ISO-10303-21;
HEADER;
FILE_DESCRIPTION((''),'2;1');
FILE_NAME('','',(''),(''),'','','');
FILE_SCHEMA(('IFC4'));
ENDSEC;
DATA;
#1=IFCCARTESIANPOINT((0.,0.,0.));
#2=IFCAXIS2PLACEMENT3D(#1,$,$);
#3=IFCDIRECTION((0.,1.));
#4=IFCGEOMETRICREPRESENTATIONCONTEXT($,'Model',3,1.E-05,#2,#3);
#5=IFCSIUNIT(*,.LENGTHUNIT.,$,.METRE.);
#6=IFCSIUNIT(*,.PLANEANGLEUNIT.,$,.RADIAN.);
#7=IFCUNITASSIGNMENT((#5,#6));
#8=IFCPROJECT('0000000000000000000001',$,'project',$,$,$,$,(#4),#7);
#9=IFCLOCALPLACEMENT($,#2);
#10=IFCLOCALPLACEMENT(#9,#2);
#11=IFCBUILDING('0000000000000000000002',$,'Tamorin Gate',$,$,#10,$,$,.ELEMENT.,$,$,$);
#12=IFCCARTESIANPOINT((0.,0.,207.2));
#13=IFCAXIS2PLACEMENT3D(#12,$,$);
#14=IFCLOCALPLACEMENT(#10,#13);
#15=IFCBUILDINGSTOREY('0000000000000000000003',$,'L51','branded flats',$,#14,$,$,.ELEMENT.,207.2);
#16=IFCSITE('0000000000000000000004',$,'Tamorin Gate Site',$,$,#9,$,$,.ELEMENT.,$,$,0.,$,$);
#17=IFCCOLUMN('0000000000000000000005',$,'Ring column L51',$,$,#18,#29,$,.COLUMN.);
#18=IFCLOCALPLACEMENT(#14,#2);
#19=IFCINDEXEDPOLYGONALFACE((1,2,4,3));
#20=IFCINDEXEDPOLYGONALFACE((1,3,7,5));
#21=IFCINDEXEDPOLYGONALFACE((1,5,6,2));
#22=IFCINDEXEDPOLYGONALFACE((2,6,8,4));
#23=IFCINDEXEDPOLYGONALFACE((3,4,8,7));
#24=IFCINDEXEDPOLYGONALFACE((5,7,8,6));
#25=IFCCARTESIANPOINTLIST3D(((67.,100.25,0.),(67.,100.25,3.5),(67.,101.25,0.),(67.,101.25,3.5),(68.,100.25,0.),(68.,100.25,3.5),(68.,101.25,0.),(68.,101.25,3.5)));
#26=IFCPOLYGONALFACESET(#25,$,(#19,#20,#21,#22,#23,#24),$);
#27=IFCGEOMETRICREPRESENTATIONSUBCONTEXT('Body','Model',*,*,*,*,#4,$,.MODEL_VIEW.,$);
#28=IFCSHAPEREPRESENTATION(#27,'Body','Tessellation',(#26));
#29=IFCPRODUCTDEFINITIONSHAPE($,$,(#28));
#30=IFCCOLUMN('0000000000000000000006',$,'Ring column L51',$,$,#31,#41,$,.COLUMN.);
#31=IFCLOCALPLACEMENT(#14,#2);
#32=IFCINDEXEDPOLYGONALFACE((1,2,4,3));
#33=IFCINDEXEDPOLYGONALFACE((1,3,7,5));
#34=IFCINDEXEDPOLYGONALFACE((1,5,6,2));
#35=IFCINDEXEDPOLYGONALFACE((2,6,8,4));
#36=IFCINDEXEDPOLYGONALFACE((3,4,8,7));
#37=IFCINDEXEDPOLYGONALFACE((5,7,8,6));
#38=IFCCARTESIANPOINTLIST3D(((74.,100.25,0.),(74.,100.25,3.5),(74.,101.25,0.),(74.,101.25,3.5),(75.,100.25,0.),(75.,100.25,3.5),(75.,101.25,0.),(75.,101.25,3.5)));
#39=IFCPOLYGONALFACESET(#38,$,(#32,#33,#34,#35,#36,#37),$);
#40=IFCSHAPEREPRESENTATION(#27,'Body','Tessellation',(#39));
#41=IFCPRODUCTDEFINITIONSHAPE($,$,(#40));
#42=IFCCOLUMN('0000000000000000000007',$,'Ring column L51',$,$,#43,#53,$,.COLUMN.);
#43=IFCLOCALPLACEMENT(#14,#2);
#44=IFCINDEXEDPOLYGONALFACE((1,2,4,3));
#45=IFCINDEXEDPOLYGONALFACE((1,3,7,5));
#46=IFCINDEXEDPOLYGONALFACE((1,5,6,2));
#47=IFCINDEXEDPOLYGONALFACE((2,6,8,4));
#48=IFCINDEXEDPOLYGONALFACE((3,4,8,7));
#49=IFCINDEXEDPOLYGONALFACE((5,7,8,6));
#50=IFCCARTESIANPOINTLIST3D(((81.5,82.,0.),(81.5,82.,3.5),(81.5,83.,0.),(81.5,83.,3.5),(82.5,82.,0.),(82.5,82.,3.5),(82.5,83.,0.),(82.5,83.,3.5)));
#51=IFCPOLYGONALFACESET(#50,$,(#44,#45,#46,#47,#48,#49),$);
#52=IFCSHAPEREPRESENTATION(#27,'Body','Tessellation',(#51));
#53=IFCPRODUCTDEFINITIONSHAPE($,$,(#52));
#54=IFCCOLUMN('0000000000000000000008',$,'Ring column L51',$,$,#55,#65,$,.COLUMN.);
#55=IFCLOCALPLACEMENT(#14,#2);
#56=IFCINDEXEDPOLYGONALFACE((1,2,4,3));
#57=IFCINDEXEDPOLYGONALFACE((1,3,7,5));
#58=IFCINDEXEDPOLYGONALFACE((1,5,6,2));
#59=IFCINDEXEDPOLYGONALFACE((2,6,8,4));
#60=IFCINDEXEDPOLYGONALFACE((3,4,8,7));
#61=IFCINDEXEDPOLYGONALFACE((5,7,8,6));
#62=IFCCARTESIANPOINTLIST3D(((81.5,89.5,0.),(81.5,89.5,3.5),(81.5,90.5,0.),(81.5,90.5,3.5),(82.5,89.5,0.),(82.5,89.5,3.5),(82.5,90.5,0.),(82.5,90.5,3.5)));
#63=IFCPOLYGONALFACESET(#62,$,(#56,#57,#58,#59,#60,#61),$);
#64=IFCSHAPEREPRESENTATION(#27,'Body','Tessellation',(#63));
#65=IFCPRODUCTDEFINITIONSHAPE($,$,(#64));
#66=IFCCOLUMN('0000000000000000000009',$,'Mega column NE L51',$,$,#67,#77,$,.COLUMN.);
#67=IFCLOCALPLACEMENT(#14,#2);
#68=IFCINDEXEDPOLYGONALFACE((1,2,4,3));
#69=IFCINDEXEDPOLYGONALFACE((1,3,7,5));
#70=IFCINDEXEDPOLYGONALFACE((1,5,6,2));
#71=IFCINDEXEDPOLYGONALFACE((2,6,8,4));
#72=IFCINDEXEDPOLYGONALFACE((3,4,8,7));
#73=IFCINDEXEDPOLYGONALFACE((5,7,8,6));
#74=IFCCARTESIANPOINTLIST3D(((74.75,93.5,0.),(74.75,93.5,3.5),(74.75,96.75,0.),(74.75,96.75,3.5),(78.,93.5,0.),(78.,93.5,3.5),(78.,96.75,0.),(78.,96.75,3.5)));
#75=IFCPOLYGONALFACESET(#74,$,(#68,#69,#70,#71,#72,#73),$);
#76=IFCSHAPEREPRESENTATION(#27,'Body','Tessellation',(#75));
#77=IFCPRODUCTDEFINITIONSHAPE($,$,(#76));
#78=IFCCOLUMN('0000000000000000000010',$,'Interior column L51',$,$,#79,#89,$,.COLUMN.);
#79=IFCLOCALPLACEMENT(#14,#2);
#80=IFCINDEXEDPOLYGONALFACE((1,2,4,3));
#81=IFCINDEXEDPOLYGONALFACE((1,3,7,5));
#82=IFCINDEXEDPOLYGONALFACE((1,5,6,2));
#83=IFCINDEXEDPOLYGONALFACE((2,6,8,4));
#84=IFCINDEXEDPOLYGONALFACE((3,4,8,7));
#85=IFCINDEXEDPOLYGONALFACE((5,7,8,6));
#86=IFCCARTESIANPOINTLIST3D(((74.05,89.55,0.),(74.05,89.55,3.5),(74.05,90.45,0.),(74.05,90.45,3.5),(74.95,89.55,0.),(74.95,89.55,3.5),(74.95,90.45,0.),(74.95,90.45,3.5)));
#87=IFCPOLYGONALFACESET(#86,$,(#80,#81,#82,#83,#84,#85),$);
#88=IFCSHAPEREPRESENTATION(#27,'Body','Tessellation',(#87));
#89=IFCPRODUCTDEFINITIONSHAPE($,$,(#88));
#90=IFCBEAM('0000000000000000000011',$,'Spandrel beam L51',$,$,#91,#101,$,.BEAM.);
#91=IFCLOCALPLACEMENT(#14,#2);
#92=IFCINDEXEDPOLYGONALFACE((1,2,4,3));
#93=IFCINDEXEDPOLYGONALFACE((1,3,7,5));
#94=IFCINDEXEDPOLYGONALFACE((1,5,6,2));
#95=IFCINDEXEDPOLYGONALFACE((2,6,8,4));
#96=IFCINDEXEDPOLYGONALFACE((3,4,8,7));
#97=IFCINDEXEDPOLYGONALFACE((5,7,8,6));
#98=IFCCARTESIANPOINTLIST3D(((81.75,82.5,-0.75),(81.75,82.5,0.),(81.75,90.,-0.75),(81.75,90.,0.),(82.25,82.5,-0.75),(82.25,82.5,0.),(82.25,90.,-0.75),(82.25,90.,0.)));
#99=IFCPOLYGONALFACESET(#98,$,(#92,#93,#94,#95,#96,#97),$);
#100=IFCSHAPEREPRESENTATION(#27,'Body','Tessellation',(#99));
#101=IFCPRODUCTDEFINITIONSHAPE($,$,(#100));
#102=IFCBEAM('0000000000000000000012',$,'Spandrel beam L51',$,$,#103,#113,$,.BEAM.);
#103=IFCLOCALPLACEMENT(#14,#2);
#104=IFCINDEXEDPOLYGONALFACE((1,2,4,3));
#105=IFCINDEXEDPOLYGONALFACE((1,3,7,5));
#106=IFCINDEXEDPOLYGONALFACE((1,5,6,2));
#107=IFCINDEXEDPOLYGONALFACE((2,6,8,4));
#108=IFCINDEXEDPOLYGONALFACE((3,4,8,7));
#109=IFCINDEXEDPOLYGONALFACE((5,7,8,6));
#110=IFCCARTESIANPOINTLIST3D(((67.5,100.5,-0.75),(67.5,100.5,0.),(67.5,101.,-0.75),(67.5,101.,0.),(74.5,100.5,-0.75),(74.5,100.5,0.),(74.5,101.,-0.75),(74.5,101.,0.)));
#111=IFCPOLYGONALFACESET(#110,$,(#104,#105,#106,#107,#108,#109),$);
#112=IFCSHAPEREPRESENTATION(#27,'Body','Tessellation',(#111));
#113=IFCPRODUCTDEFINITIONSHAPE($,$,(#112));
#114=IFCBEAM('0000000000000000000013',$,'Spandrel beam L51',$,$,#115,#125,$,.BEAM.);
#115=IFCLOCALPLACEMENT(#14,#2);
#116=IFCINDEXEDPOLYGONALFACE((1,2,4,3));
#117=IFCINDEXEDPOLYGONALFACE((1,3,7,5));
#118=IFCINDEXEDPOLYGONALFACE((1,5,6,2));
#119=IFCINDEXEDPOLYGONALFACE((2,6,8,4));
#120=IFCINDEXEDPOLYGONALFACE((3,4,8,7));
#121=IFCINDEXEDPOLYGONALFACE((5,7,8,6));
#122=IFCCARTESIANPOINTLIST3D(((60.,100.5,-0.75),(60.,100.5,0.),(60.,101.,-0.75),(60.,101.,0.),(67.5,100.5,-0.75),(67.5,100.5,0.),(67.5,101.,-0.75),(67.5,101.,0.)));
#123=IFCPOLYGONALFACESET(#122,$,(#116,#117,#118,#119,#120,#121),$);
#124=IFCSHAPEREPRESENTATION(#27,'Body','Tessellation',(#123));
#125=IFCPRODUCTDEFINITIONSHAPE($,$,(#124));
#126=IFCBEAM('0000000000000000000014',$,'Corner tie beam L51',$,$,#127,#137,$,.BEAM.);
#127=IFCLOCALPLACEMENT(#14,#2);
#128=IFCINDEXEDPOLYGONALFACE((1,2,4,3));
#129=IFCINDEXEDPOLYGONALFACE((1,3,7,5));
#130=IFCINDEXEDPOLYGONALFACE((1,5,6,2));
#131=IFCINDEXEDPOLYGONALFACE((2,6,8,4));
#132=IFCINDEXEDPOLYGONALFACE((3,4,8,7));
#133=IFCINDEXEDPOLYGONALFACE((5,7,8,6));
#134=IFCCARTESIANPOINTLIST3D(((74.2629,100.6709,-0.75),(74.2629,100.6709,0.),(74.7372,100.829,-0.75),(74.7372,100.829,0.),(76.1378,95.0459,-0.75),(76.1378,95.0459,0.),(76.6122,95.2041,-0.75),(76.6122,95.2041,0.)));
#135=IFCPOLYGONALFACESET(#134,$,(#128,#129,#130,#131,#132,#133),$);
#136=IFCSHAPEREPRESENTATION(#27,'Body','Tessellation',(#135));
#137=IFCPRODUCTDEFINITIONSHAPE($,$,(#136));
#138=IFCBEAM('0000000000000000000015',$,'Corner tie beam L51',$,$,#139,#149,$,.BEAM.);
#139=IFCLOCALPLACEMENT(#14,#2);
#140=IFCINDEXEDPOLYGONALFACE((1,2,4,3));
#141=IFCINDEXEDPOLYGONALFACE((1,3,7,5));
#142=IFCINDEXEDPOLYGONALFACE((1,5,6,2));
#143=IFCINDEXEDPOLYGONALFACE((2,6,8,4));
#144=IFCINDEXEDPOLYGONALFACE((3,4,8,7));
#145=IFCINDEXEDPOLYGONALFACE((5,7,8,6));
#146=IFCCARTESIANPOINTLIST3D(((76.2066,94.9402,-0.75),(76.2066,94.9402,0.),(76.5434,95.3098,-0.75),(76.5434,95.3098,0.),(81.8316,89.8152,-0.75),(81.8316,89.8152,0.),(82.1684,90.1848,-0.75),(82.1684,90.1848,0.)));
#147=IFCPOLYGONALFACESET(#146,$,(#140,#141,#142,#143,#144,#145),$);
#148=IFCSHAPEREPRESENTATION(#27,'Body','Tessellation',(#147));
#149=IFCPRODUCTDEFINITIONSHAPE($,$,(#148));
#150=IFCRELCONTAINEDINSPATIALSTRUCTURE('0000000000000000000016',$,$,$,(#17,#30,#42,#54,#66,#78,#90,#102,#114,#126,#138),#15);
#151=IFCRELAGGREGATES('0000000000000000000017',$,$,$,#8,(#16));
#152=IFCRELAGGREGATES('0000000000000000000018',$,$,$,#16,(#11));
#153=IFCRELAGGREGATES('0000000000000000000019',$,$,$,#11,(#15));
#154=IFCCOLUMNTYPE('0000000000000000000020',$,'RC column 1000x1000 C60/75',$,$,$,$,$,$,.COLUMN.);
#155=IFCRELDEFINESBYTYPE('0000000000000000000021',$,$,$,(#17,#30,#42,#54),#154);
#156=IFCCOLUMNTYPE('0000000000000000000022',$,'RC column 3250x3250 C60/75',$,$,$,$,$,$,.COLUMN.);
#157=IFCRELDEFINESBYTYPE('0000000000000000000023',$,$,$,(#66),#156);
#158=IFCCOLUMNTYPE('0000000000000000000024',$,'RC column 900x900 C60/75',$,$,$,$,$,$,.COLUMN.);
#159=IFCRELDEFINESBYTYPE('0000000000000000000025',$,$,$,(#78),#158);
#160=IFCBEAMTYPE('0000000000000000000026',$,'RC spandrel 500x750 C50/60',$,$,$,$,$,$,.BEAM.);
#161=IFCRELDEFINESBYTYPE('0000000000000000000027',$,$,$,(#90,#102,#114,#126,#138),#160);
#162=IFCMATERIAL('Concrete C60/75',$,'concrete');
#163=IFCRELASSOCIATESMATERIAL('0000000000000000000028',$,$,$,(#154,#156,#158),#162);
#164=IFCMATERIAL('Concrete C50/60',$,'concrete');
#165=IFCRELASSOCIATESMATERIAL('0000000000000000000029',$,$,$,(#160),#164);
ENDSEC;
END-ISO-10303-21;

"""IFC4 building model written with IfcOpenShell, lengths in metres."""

from ifc_helpers import new_model, si_unit, direction, frame, origin, origin_2d, place, context, subcontext, project, spatial, rectangle, extrude, material, material_profile, profile_set, type_object, element, save


model = new_model("IFC4")

# Units and contexts
model_context = context("Model", 3, precision=1e-05, world=origin(), true_north=direction((0.0, 1.0)))
body_context = subcontext(model_context, "Body", "Model", "MODEL_VIEW")
ifc_project = project(units=[si_unit("LENGTHUNIT", "METRE"), si_unit("PLANEANGLEUNIT", "RADIAN")], contexts=[model_context])

# Site, building, storey
site_placement = place(None, origin())
site = spatial("IfcSite", under=ifc_project, at=site_placement, Name="Tamorin Gate Site", CompositionType="ELEMENT", RefElevation=0.0)
building_placement = place(site_placement, origin())
building = spatial("IfcBuilding", under=site, at=building_placement, Name="Tamorin Gate", CompositionType="ELEMENT")
storey_placement = place(building_placement, frame((0.0, 0.0, 207.2)))
storey = spatial("IfcBuildingStorey", under=building, at=storey_placement, Name="L51", Description="branded flats", CompositionType="ELEMENT", Elevation=207.2)

# Columns
ifc_material_1 = material(Name="Concrete C60/75", Category="concrete")
ifc_material_profile_1 = material_profile(ifc_material_1, rectangle(XDim=1.0, YDim=1.0, at=origin_2d()), Name="RC 1000x1000")
ifc_profile_set_1 = profile_set([ifc_material_profile_1], Name="Concrete C60/75")
column_type_1 = type_object("IfcColumnType", Name="RC column 1000x1000 C60/75", PredefinedType="COLUMN", material=ifc_profile_set_1)
for number, where, z_axis, x_axis, name in (
    (1, (67.5, 100.75, 0.0), (0.0, 0.0, 1.0), (1.0, 0.0, 0.0), "Ring column L51"),
    (2, (74.5, 100.75, 0.0), (0.0, 0.0, 1.0), (1.0, 0.0, 0.0), "Ring column L51"),
    (3, (82.0, 82.5, 0.0), (0.0, 0.0, 1.0), (1.0, 0.0, 0.0), "Ring column L51"),
    (4, (82.0, 90.0, 0.0), (0.0, 0.0, 1.0), (1.0, 0.0, 0.0), "Ring column L51"),
):
    element("IfcColumn", number, at=place(storey_placement, frame(where, z_axis=z_axis, x_axis=x_axis)), inside=storey, type_object=column_type_1, Name=name, PredefinedType="COLUMN", context=body_context, shape_type="SweptSolid", body=[
        extrude(rectangle(XDim=1.0, YDim=1.0, at=origin_2d()), origin(), (0.0, 0.0, 1.0), 3.5),
    ])
ifc_material_profile_2 = material_profile(ifc_material_1, rectangle(XDim=3.25, YDim=3.25, at=origin_2d()), Name="RC 3250x3250")
ifc_profile_set_2 = profile_set([ifc_material_profile_2], Name="Concrete C60/75")
column_type_2 = type_object("IfcColumnType", Name="RC column 3250x3250 C60/75", PredefinedType="COLUMN", material=ifc_profile_set_2)
column_1_placement = place(storey_placement, frame((76.375, 95.125, 0.0), z_axis=(0.0, 0.0, 1.0), x_axis=(1.0, 0.0, 0.0)))
element("IfcColumn", 5, at=column_1_placement, inside=storey, type_object=column_type_2, Name="Mega column NE L51", PredefinedType="COLUMN", context=body_context, shape_type="SweptSolid", body=[
    extrude(rectangle(XDim=3.25, YDim=3.25, at=origin_2d()), origin(), (0.0, 0.0, 1.0), 3.5),
])
ifc_material_profile_3 = material_profile(ifc_material_1, rectangle(XDim=0.8999, YDim=0.8999, at=origin_2d()), Name="RC 900x900")
ifc_profile_set_3 = profile_set([ifc_material_profile_3], Name="Concrete C60/75")
column_type_3 = type_object("IfcColumnType", Name="RC column 900x900 C60/75", PredefinedType="COLUMN", material=ifc_profile_set_3)
column_2_placement = place(storey_placement, frame((74.5, 90.0, 0.0), z_axis=(0.0, 0.0, 1.0), x_axis=(1.0, 0.0, 0.0)))
element("IfcColumn", 6, at=column_2_placement, inside=storey, type_object=column_type_3, Name="Interior column L51", PredefinedType="COLUMN", context=body_context, shape_type="SweptSolid", body=[
    extrude(rectangle(XDim=0.8999, YDim=0.8999, at=origin_2d()), origin(), (0.0, 0.0, 1.0), 3.5),
])

# Beams
ifc_material_2 = material(Name="Concrete C50/60", Category="concrete")
ifc_material_profile_4 = material_profile(ifc_material_2, rectangle(XDim=0.5, YDim=0.75, at=origin_2d()), Name="RC 500x750")
ifc_profile_set_4 = profile_set([ifc_material_profile_4], Name="Concrete C50/60")
beam_type = type_object("IfcBeamType", Name="RC spandrel 500x750 C50/60", PredefinedType="BEAM", material=ifc_profile_set_4)
beam_1_placement = place(storey_placement, frame((82.0, 82.5, -0.375), z_axis=(0.0, 1.0, 0.0), x_axis=(-1.0, 0.0, 0.0)))
element("IfcBeam", 7, at=beam_1_placement, inside=storey, type_object=beam_type, Name="Spandrel beam L51", PredefinedType="BEAM", context=body_context, shape_type="SweptSolid", body=[
    extrude(rectangle(XDim=0.5, YDim=0.75, at=origin_2d()), origin(), (0.0, 0.0, 1.0), 7.5),
])
beam_2_placement = place(storey_placement, frame((74.5, 100.75, -0.375), z_axis=(-1.0, 0.0, 0.0), x_axis=(0.0, -1.0, 0.0)))
element("IfcBeam", 8, at=beam_2_placement, inside=storey, type_object=beam_type, Name="Spandrel beam L51", PredefinedType="BEAM", context=body_context, shape_type="SweptSolid", body=[
    extrude(rectangle(XDim=0.5, YDim=0.75, at=origin_2d()), origin(), (0.0, 0.0, 1.0), 7.0),
])
beam_3_placement = place(storey_placement, frame((67.5, 100.75, -0.375), z_axis=(-1.0, 0.0, 0.0), x_axis=(0.0, -1.0, 0.0)))
element("IfcBeam", 9, at=beam_3_placement, inside=storey, type_object=beam_type, Name="Spandrel beam L51", PredefinedType="BEAM", context=body_context, shape_type="SweptSolid", body=[
    extrude(rectangle(XDim=0.5, YDim=0.75, at=origin_2d()), origin(), (0.0, 0.0, 1.0), 7.5),
])
beam_4_placement = place(storey_placement, frame((76.375, 95.125, -0.375), z_axis=(-0.316228, 0.948683, 0.0), x_axis=(-0.948683, -0.316228, 0.0)))
element("IfcBeam", 10, at=beam_4_placement, inside=storey, type_object=beam_type, Name="Corner tie beam L51", PredefinedType="BEAM", context=body_context, shape_type="SweptSolid", body=[
    extrude(rectangle(XDim=0.5, YDim=0.75, at=origin_2d()), origin(), (0.0, 0.0, 1.0), 5.9292),
])
beam_5_placement = place(storey_placement, frame((76.375, 95.125, -0.375), z_axis=(0.739196, -0.67349, 0.0), x_axis=(0.67349, 0.739196, 0.0)))
element("IfcBeam", 11, at=beam_5_placement, inside=storey, type_object=beam_type, Name="Corner tie beam L51", PredefinedType="BEAM", context=body_context, shape_type="SweptSolid", body=[
    extrude(rectangle(XDim=0.5, YDim=0.75, at=origin_2d()), origin(), (0.0, 0.0, 1.0), 7.6096),
])

save(model, "model.ifc")
